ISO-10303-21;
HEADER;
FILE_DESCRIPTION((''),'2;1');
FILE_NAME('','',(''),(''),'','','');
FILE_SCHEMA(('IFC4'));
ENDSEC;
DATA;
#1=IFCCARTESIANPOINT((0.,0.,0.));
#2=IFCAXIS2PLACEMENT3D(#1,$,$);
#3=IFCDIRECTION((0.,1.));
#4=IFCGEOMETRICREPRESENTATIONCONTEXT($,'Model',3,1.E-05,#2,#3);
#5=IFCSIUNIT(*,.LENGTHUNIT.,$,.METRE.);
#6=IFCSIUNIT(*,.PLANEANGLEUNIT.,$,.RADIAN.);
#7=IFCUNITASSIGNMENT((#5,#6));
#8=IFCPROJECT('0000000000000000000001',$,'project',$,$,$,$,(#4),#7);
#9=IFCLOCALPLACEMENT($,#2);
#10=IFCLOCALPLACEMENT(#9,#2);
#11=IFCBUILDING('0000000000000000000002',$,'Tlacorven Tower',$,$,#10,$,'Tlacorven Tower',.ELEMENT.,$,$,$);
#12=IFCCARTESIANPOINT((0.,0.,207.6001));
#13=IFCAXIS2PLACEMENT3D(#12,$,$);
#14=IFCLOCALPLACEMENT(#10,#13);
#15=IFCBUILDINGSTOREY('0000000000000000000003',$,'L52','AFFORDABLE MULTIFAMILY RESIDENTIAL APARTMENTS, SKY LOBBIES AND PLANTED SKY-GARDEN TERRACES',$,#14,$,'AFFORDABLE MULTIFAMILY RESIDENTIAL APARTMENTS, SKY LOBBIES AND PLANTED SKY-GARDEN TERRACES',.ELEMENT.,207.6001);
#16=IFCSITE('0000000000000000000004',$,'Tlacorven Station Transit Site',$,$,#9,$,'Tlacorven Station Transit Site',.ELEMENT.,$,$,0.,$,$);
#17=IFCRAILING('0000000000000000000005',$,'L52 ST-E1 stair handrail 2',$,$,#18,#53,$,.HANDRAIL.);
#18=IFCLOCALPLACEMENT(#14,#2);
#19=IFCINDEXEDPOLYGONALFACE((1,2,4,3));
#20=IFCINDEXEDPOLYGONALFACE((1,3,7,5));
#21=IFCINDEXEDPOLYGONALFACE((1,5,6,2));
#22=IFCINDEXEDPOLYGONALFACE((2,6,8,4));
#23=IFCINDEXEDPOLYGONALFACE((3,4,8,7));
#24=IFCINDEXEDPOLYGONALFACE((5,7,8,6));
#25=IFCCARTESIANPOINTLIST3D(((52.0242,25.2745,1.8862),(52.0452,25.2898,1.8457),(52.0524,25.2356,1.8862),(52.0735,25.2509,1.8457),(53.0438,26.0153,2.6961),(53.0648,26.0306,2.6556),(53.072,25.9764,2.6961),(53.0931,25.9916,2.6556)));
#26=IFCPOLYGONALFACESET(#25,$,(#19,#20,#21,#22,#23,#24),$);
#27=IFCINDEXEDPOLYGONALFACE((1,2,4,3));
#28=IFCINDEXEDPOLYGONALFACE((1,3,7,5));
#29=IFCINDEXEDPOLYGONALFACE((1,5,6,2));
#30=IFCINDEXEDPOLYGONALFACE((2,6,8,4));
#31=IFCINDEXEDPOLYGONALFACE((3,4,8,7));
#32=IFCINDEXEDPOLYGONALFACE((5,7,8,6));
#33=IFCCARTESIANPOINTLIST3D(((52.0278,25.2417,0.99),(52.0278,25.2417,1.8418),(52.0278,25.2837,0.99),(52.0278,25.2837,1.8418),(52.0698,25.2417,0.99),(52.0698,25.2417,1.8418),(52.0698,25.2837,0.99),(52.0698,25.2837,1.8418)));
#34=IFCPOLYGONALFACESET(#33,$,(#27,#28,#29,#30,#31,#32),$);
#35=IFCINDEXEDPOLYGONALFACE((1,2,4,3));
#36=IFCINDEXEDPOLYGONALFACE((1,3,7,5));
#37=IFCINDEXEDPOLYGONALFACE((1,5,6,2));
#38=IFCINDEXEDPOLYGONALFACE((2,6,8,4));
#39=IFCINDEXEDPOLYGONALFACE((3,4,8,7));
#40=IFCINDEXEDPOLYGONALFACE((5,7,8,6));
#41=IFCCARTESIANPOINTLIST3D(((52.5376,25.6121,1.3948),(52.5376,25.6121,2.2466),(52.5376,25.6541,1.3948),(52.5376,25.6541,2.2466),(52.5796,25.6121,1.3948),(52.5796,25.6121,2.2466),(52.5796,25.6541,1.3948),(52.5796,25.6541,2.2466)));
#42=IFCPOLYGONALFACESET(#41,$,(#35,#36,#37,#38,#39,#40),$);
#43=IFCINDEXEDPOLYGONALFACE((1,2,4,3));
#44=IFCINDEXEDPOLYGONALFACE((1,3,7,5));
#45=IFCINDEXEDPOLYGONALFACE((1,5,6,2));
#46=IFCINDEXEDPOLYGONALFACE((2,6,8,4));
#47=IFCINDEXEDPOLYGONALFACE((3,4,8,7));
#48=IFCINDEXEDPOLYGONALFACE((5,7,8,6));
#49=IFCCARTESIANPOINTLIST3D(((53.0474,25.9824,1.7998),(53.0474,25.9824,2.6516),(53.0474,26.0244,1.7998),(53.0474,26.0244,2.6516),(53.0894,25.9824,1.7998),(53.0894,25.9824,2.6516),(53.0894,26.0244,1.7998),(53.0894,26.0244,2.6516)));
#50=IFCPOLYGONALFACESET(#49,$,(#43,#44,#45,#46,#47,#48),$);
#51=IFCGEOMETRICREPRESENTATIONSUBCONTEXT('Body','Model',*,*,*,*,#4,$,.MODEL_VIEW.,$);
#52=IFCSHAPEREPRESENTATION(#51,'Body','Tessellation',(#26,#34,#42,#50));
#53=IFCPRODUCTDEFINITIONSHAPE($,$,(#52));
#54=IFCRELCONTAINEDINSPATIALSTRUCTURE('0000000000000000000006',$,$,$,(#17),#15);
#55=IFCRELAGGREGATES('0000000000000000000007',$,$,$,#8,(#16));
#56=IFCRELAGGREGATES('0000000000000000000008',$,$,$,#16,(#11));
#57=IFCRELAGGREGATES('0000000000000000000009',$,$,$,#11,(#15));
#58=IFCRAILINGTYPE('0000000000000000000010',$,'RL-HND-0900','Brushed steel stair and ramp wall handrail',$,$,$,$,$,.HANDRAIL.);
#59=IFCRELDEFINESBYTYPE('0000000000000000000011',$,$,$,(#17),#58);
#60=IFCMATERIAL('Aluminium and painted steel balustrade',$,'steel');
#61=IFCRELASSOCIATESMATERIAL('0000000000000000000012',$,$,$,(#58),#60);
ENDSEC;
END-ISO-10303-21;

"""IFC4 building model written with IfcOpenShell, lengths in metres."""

from ifc_helpers import new_model, si_unit, direction, frame, origin, origin_2d, place, context, subcontext, project, spatial, rectangle, extrude, source, transform, mapped, material, type_object, element, save


model = new_model("IFC4")

# Units and contexts
model_context = context("Model", 3, precision=1e-05, world=origin(), true_north=direction((0.0, 1.0)))
body_context = subcontext(model_context, "Body", "Model", "MODEL_VIEW")
ifc_project = project(units=[si_unit("LENGTHUNIT", "METRE"), si_unit("PLANEANGLEUNIT", "RADIAN")], contexts=[model_context])

# Site, building, storey
site_placement = place(None, origin())
site = spatial("IfcSite", under=ifc_project, at=site_placement, Name="Tlacorven Station Transit Site", LongName="Tlacorven Station Transit Site", CompositionType="ELEMENT", RefElevation=0.0)
building_placement = place(site_placement, origin())
building = spatial("IfcBuilding", under=site, at=building_placement, Name="Tlacorven Tower", LongName="Tlacorven Tower", CompositionType="ELEMENT")
storey_placement = place(building_placement, frame((0.0, 0.0, 207.6001)))
storey = spatial("IfcBuildingStorey", under=building, at=storey_placement, Name="L52", Description="AFFORDABLE MULTIFAMILY RESIDENTIAL APARTMENTS, SKY LOBBIES AND PLANTED SKY-GARDEN TERRACES", LongName="AFFORDABLE MULTIFAMILY RESIDENTIAL APARTMENTS, SKY LOBBIES AND PLANTED SKY-GARDEN TERRACES", CompositionType="ELEMENT", Elevation=207.6001)

# Railing
ifc_material_1 = material(Name="Aluminium and painted steel balustrade", Category="steel")
railing_type_1 = type_object("IfcRailingType", Name="RL-HND-0900", Description="Brushed steel stair and ramp wall handrail", PredefinedType="HANDRAIL", material=ifc_material_1)
shared_shape_1 = source(origin(), body_context, "Body", "SweptSolid", [
    extrude(rectangle(XDim=0.0481, YDim=0.0481, at=origin_2d()), frame((0.0, 0.0, 0.876), z_axis=(0.680609, 0.494484, 0.540608), x_axis=(-0.58778, 0.809021, 0.0)), (0.0, 0.0, 1.0), 1.498),
    extrude(rectangle(XDim=0.042, YDim=0.042, at=origin_2d()), origin(), (0.0, 0.0, 1.0), 0.8518),
    extrude(rectangle(XDim=0.042, YDim=0.042, at=origin_2d()), frame((0.5098, 0.3704, 0.4048)), (0.0, 0.0, 1.0), 0.8518),
    extrude(rectangle(XDim=0.042, YDim=0.042, at=origin_2d()), frame((1.0195, 0.7407, 0.8098)), (0.0, 0.0, 1.0), 0.8518),
])
railing_1_placement = place(storey_placement, frame((52.0488, 25.2627, 0.99)))
element("IfcRailing", 1, at=railing_1_placement, inside=storey, type_object=railing_type_1, Name="L52 ST-E1 stair handrail 2", PredefinedType="HANDRAIL", context=body_context, shape_type="MappedRepresentation", body=[
    mapped(shared_shape_1, transform((0.0, 0.0, 0.0), scale=1.0)),
])

save(model, "model.ifc")
